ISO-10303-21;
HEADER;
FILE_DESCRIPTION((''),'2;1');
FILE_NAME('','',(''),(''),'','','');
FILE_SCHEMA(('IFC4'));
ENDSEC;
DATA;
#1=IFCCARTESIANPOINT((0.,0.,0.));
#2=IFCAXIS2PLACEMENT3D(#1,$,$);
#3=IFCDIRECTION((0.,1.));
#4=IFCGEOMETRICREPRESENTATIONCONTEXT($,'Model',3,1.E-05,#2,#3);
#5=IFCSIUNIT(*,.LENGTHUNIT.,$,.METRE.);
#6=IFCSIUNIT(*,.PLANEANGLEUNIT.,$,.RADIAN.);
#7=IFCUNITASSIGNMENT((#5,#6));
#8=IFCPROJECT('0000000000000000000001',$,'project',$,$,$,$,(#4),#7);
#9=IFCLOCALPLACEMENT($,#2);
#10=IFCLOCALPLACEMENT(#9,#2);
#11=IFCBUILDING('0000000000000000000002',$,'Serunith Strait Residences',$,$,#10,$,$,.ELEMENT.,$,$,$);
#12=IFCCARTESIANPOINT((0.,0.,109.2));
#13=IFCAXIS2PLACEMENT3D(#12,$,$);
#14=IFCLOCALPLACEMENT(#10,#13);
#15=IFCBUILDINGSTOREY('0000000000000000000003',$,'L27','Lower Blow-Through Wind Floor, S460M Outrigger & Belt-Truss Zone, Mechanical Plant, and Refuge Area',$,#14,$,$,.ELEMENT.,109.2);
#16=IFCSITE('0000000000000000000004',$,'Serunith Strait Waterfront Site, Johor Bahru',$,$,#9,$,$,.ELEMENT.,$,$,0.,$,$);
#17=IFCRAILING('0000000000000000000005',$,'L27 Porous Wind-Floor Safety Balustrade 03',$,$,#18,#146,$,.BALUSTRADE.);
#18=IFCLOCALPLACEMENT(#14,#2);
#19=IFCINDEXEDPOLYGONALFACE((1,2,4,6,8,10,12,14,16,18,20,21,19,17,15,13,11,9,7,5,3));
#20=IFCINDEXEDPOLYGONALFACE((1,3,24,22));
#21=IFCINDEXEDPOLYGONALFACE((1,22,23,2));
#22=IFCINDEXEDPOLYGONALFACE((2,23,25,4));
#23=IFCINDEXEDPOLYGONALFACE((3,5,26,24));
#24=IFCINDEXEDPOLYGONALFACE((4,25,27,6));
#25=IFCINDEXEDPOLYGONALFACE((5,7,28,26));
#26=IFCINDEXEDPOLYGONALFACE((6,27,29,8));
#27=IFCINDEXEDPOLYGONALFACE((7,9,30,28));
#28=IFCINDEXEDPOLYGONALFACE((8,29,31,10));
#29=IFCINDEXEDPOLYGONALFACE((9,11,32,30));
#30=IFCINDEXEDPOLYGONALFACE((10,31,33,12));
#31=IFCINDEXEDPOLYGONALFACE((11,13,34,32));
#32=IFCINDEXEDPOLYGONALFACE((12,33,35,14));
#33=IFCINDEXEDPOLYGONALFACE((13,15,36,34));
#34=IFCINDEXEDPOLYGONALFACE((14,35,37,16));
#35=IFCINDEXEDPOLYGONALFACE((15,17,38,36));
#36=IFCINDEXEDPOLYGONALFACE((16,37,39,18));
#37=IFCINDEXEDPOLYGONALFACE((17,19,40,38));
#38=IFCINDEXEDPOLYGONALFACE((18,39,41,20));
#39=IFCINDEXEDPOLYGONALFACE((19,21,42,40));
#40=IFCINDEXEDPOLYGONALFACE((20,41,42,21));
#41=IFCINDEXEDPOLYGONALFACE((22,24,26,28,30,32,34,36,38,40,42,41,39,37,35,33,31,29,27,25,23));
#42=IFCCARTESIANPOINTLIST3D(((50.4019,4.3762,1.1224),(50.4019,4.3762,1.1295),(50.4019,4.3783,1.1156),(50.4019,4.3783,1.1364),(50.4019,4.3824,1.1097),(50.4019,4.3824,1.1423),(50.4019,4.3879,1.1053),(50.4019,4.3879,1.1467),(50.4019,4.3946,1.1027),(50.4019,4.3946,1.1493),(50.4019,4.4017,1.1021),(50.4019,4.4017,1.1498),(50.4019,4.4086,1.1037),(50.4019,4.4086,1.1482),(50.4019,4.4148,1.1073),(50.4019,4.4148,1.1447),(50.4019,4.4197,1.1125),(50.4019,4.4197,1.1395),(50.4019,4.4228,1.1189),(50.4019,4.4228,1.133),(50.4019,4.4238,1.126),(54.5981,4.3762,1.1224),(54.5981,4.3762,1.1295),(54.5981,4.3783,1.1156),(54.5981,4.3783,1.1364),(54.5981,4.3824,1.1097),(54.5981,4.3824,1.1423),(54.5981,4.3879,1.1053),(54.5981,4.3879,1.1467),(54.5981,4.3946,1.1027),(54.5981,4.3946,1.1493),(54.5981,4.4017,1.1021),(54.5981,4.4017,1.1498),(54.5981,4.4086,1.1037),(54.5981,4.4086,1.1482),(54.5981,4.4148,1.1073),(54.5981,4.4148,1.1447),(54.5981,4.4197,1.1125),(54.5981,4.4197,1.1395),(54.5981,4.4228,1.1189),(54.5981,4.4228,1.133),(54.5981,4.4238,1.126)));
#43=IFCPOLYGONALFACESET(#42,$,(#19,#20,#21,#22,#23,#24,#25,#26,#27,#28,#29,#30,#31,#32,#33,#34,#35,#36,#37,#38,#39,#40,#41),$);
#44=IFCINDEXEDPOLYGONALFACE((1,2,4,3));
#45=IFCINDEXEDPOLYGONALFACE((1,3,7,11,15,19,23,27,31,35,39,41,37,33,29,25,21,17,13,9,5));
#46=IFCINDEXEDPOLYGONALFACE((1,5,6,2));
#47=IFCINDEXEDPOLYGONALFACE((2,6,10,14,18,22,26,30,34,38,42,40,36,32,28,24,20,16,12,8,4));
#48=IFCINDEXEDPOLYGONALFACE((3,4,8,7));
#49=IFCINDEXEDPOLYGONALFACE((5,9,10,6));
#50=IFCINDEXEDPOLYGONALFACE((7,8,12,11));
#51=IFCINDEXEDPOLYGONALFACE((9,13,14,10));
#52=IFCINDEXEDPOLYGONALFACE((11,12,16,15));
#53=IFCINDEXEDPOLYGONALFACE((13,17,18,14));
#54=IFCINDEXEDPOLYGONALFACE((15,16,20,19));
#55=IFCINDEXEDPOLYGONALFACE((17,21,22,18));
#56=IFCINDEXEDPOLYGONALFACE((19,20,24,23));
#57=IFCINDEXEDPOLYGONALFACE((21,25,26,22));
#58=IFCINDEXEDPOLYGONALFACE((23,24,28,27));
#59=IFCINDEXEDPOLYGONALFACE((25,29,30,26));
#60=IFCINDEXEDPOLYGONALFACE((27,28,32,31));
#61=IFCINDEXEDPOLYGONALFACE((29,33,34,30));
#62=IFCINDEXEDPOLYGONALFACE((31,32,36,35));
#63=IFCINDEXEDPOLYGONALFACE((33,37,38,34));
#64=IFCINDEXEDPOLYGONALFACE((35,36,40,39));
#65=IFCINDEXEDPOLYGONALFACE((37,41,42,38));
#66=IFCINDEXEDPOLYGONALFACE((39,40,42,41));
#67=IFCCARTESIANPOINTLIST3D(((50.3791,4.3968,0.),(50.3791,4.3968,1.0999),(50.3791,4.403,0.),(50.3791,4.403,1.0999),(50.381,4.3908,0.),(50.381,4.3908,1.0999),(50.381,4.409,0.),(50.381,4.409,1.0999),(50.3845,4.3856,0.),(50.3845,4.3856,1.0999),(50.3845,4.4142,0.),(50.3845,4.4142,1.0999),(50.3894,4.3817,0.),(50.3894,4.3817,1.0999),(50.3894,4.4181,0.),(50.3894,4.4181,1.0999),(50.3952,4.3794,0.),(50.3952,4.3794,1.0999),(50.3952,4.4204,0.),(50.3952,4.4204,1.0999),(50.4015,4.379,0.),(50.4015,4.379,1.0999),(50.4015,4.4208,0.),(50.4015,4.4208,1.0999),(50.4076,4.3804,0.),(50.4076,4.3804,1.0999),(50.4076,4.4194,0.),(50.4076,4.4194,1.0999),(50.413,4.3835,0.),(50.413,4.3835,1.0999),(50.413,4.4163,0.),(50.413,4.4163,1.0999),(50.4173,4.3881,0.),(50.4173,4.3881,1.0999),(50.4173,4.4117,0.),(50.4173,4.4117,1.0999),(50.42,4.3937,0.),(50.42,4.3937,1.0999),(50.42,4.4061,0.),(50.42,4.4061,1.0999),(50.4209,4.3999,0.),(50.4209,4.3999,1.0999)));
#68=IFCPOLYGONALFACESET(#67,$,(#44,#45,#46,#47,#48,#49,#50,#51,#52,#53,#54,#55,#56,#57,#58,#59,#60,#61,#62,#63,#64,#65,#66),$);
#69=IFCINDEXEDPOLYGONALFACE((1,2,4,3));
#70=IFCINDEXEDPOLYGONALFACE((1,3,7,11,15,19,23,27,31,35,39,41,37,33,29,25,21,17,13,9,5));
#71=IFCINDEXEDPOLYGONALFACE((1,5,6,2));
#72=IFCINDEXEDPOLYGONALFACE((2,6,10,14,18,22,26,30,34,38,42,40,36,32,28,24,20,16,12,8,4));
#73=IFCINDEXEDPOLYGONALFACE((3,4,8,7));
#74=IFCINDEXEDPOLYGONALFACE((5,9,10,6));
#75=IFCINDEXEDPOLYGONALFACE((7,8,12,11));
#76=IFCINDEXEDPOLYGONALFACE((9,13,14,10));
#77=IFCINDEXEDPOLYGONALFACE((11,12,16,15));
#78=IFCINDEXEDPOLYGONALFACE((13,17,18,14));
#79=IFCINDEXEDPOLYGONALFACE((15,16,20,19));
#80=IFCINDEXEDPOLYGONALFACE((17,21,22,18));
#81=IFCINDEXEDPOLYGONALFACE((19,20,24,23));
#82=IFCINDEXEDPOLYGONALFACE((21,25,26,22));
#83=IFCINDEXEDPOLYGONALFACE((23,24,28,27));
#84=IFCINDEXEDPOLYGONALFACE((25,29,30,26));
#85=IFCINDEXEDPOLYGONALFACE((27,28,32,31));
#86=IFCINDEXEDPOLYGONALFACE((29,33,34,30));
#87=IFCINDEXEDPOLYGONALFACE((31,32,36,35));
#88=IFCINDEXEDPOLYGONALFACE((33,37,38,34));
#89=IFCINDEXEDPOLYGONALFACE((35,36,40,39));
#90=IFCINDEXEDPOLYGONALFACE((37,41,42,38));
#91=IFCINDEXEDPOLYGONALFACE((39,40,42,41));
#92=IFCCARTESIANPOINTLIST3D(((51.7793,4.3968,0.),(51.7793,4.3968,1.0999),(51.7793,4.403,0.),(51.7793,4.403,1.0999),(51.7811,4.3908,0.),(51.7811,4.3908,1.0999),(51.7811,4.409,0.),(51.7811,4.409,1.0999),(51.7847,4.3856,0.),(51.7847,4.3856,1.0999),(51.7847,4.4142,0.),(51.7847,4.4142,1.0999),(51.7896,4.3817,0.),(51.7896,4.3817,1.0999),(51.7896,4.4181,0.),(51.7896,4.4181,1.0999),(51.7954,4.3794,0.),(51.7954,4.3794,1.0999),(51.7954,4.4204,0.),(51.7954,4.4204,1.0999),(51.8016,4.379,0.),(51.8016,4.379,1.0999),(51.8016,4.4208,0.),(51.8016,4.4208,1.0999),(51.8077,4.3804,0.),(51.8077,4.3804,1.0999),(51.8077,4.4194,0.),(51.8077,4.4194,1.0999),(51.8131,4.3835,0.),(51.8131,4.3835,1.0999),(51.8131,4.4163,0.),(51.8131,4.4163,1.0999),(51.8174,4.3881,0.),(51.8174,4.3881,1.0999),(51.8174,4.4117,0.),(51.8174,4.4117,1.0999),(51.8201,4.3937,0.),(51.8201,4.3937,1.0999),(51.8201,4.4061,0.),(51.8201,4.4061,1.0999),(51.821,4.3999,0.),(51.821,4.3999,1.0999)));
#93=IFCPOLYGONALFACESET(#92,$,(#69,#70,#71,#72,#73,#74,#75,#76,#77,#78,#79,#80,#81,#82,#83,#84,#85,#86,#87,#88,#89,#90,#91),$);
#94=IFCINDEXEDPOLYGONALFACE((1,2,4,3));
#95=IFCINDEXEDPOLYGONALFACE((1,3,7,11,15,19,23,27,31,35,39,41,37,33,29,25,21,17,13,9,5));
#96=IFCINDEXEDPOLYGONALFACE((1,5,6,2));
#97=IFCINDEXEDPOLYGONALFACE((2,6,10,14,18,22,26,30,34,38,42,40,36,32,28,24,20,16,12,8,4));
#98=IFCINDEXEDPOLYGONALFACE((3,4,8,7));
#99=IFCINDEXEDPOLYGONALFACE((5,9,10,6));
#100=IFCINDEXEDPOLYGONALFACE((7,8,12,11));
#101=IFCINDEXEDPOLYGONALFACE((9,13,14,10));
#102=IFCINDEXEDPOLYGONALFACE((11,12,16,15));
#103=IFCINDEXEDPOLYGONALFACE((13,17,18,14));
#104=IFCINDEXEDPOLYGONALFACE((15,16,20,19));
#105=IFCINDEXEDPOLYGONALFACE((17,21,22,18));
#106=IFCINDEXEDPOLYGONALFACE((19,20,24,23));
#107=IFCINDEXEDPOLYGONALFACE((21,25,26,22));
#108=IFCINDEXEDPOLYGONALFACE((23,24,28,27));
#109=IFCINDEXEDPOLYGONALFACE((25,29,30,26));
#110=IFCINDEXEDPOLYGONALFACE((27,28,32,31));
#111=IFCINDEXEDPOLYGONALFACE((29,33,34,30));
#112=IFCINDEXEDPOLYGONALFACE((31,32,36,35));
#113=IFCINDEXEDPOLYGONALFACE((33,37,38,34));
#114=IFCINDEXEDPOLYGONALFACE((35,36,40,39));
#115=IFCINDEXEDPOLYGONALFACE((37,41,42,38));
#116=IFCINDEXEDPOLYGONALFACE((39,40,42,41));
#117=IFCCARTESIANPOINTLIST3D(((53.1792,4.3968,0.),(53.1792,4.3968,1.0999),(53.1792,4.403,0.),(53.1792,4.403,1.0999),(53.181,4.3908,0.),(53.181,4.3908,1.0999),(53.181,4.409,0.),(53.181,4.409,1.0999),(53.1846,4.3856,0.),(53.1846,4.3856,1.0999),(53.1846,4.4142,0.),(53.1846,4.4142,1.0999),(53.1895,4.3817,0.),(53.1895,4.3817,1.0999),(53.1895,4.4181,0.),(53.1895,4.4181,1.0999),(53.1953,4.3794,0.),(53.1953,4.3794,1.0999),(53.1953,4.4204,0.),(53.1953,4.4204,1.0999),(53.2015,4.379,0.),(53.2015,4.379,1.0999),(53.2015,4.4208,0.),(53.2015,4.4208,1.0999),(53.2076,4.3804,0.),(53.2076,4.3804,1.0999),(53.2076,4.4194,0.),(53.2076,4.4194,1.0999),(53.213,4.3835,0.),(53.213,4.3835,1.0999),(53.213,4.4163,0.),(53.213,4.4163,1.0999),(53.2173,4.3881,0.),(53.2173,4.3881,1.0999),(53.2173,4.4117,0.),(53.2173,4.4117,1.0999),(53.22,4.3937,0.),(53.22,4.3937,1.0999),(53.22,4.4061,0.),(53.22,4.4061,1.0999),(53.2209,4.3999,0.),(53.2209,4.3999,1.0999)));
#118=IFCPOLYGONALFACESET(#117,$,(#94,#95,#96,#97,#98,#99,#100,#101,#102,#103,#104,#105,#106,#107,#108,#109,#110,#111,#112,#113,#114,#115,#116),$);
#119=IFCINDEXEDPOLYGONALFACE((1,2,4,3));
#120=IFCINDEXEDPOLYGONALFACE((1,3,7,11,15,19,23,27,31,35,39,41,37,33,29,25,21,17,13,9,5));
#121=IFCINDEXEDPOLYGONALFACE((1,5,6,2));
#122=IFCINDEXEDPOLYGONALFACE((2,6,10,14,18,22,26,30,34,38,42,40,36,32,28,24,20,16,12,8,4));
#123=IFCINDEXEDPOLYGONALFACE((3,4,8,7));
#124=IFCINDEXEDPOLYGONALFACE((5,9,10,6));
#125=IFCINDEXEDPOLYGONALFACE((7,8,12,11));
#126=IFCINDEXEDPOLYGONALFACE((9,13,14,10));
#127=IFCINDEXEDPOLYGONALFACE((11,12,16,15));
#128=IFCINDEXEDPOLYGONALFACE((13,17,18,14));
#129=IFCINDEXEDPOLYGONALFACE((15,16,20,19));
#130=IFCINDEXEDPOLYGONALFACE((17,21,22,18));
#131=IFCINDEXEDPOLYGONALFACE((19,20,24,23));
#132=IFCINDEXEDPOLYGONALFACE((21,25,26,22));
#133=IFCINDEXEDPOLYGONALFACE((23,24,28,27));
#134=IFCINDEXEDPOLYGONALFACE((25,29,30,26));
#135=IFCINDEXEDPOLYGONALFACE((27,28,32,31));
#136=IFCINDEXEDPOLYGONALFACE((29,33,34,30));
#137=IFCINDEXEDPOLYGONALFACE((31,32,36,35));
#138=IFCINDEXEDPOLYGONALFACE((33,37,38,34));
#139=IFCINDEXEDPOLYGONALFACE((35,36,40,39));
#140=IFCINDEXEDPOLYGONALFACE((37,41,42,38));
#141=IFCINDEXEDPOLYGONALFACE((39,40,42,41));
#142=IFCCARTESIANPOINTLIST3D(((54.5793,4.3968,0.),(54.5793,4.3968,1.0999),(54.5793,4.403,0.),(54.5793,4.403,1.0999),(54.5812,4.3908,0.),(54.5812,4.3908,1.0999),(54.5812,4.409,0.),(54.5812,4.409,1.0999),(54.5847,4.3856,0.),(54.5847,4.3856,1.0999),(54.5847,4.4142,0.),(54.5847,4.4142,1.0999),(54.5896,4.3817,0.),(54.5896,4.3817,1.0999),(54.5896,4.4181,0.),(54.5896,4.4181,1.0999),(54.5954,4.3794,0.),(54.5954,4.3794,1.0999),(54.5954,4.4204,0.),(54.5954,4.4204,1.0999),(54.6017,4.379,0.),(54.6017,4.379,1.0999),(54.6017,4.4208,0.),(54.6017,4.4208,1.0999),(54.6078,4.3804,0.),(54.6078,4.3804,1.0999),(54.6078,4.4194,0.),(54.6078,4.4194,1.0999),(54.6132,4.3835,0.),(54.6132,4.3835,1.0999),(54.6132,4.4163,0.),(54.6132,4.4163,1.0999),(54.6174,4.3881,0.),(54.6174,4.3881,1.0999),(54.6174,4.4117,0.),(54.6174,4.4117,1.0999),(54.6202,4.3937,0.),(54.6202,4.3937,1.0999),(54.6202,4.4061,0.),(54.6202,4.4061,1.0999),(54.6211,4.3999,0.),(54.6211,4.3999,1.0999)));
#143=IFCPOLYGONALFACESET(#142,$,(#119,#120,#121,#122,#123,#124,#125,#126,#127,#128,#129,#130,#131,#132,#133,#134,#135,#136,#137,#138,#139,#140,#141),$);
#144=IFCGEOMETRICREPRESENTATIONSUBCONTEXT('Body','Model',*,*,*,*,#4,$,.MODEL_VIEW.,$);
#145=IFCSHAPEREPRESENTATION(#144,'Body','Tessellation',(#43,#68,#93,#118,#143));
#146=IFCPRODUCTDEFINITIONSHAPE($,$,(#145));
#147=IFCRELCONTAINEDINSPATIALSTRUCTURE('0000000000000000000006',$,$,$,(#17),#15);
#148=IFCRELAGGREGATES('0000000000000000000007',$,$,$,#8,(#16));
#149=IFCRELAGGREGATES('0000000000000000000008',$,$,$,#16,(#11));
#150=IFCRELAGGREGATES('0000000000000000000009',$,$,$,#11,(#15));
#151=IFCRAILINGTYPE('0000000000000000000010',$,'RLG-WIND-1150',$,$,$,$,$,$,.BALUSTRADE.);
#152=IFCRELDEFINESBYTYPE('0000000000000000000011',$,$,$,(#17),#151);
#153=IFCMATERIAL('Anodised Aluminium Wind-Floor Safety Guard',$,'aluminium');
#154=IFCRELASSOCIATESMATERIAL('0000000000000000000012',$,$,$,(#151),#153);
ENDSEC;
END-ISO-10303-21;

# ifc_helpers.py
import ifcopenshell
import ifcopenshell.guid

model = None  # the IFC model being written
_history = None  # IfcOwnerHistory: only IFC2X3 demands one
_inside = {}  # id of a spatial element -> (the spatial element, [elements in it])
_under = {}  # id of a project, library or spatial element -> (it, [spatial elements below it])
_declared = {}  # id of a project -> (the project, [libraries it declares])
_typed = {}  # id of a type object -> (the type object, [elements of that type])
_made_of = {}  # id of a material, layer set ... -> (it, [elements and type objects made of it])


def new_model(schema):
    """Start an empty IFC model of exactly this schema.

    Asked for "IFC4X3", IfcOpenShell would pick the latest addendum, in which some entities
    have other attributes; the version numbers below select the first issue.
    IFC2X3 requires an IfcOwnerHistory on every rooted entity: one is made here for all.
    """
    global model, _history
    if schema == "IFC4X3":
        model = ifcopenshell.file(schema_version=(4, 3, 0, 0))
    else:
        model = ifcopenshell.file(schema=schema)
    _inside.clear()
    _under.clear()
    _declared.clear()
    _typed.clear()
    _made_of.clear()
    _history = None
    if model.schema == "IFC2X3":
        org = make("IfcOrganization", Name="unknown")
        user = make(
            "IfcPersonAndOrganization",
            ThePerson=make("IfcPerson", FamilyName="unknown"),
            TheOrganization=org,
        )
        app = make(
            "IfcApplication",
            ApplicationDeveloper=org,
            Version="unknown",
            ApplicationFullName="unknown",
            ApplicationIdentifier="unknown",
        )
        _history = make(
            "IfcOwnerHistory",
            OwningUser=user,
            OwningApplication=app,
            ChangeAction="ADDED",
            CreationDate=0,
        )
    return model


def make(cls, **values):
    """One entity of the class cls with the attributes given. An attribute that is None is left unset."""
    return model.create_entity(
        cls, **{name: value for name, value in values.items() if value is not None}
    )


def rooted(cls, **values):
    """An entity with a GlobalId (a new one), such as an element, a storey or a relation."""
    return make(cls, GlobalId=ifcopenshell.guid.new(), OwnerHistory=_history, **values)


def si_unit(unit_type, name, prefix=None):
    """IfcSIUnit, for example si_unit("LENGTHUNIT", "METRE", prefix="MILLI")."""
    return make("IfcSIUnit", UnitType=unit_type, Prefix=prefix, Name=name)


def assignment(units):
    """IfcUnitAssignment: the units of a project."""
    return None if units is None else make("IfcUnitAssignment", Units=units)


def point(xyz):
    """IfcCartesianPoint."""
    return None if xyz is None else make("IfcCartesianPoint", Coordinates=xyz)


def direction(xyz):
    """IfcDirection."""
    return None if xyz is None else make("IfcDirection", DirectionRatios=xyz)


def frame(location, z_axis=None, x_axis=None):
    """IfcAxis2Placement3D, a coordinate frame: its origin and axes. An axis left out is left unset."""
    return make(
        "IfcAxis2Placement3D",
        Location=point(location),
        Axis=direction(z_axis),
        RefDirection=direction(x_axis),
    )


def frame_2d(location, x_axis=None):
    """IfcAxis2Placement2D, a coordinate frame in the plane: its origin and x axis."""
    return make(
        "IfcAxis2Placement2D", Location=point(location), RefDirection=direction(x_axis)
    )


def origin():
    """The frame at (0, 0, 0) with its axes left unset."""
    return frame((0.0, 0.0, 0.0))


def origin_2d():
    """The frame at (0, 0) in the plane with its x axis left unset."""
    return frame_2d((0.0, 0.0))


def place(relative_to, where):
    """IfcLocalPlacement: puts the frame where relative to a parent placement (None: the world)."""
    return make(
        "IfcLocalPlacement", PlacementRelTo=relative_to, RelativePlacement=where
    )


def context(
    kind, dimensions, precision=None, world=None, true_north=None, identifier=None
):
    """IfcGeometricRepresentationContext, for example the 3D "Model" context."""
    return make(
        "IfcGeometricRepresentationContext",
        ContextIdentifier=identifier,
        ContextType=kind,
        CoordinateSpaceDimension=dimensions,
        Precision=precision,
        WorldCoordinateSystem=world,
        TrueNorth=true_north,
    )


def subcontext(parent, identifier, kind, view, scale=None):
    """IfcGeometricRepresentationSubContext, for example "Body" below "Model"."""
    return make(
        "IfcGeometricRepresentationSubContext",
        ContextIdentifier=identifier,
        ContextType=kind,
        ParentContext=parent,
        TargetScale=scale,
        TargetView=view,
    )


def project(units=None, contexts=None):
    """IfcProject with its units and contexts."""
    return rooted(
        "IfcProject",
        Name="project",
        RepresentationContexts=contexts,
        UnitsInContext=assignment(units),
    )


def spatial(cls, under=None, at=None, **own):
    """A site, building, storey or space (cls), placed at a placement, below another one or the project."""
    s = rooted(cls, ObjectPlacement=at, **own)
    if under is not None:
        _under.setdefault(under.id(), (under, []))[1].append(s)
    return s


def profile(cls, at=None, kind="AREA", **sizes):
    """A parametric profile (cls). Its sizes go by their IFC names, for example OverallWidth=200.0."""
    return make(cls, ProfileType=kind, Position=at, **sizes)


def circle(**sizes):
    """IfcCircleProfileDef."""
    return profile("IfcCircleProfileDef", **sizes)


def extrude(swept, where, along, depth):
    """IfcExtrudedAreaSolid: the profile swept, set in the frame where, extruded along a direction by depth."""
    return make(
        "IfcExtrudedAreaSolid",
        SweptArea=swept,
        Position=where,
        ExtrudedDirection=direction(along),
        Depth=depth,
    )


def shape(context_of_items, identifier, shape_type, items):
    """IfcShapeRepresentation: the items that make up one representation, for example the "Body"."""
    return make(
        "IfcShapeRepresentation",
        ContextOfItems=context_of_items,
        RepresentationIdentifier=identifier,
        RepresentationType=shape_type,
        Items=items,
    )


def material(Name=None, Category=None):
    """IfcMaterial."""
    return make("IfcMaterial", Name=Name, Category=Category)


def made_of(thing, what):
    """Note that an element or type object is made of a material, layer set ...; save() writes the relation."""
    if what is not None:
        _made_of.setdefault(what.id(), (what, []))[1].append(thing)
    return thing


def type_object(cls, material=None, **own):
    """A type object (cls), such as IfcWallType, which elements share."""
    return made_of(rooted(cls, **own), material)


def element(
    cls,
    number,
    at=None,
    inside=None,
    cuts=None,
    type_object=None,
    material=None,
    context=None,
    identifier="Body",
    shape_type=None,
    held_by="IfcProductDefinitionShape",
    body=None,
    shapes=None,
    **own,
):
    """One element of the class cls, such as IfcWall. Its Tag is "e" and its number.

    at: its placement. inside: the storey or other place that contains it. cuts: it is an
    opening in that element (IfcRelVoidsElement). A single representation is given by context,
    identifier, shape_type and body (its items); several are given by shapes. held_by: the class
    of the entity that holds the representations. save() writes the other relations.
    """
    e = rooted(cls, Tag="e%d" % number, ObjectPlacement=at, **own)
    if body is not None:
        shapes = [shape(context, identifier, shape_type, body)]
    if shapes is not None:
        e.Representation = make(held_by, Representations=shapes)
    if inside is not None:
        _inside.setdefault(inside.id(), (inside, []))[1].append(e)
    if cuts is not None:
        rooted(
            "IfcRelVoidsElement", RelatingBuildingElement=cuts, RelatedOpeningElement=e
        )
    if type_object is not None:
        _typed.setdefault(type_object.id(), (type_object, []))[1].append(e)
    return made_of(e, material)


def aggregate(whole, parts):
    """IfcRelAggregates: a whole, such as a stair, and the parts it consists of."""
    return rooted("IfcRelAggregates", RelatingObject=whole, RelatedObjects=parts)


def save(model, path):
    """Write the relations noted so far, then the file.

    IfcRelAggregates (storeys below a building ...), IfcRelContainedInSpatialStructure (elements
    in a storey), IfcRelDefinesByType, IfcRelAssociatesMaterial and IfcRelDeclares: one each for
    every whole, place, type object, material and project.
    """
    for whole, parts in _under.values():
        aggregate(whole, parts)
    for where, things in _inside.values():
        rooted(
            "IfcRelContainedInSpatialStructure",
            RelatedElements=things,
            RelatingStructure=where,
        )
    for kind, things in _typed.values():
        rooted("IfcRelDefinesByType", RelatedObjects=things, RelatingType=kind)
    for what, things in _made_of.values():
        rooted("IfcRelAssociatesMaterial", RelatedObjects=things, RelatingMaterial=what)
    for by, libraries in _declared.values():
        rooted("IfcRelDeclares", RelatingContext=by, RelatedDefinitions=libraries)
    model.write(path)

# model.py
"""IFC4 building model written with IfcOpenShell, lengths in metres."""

from ifc_helpers import new_model, si_unit, direction, frame, origin, origin_2d, place, context, subcontext, project, spatial, circle, extrude, material, type_object, element, save


model = new_model("IFC4")

# Units and contexts
model_context = context("Model", 3, precision=1e-05, world=origin(), true_north=direction((0.0, 1.0)))
body_context = subcontext(model_context, "Body", "Model", "MODEL_VIEW")
ifc_project = project(units=[si_unit("LENGTHUNIT", "METRE"), si_unit("PLANEANGLEUNIT", "RADIAN")], contexts=[model_context])

# Site, building, storey
site_placement = place(None, origin())
site = spatial("IfcSite", under=ifc_project, at=site_placement, Name="Serunith Strait Waterfront Site, Johor Bahru", CompositionType="ELEMENT", RefElevation=0.0)
building_placement = place(site_placement, origin())
building = spatial("IfcBuilding", under=site, at=building_placement, Name="Serunith Strait Residences", CompositionType="ELEMENT")
storey_placement = place(building_placement, frame((0.0, 0.0, 109.2)))
storey = spatial("IfcBuildingStorey", under=building, at=storey_placement, Name="L27", Description="Lower Blow-Through Wind Floor, S460M Outrigger & Belt-Truss Zone, Mechanical Plant, and Refuge Area", CompositionType="ELEMENT", Elevation=109.2)

# Railing
ifc_material_1 = material(Name="Anodised Aluminium Wind-Floor Safety Guard", Category="aluminium")
railing_type = type_object("IfcRailingType", Name="RLG-WIND-1150", PredefinedType="BALUSTRADE", material=ifc_material_1)
railing_1_placement = place(storey_placement, frame((50.3999, 4.3999, 0.0)))
element("IfcRailing", 1, at=railing_1_placement, inside=storey, type_object=railing_type, Name="L27 Porous Wind-Floor Safety Balustrade 03", PredefinedType="BALUSTRADE", context=body_context, shape_type="SweptSolid", body=[
    extrude(circle(Radius=0.0239, at=origin_2d()), frame((0.002, 0.0, 1.126), z_axis=(1.0, 0.0, 0.0), x_axis=(0.0, 1.0, 0.0)), (0.0, 0.0, 1.0), 4.1963),
    extrude(circle(Radius=0.021, at=origin_2d()), origin(), (0.0, 0.0, 1.0), 1.0999),
    extrude(circle(Radius=0.021, at=origin_2d()), frame((1.4001, 0.0, 0.0)), (0.0, 0.0, 1.0), 1.0999),
    extrude(circle(Radius=0.021, at=origin_2d()), frame((2.8, 0.0, 0.0)), (0.0, 0.0, 1.0), 1.0999),
    extrude(circle(Radius=0.021, at=origin_2d()), frame((4.2002, 0.0, 0.0)), (0.0, 0.0, 1.0), 1.0999),
])

save(model, "model.ifc")
